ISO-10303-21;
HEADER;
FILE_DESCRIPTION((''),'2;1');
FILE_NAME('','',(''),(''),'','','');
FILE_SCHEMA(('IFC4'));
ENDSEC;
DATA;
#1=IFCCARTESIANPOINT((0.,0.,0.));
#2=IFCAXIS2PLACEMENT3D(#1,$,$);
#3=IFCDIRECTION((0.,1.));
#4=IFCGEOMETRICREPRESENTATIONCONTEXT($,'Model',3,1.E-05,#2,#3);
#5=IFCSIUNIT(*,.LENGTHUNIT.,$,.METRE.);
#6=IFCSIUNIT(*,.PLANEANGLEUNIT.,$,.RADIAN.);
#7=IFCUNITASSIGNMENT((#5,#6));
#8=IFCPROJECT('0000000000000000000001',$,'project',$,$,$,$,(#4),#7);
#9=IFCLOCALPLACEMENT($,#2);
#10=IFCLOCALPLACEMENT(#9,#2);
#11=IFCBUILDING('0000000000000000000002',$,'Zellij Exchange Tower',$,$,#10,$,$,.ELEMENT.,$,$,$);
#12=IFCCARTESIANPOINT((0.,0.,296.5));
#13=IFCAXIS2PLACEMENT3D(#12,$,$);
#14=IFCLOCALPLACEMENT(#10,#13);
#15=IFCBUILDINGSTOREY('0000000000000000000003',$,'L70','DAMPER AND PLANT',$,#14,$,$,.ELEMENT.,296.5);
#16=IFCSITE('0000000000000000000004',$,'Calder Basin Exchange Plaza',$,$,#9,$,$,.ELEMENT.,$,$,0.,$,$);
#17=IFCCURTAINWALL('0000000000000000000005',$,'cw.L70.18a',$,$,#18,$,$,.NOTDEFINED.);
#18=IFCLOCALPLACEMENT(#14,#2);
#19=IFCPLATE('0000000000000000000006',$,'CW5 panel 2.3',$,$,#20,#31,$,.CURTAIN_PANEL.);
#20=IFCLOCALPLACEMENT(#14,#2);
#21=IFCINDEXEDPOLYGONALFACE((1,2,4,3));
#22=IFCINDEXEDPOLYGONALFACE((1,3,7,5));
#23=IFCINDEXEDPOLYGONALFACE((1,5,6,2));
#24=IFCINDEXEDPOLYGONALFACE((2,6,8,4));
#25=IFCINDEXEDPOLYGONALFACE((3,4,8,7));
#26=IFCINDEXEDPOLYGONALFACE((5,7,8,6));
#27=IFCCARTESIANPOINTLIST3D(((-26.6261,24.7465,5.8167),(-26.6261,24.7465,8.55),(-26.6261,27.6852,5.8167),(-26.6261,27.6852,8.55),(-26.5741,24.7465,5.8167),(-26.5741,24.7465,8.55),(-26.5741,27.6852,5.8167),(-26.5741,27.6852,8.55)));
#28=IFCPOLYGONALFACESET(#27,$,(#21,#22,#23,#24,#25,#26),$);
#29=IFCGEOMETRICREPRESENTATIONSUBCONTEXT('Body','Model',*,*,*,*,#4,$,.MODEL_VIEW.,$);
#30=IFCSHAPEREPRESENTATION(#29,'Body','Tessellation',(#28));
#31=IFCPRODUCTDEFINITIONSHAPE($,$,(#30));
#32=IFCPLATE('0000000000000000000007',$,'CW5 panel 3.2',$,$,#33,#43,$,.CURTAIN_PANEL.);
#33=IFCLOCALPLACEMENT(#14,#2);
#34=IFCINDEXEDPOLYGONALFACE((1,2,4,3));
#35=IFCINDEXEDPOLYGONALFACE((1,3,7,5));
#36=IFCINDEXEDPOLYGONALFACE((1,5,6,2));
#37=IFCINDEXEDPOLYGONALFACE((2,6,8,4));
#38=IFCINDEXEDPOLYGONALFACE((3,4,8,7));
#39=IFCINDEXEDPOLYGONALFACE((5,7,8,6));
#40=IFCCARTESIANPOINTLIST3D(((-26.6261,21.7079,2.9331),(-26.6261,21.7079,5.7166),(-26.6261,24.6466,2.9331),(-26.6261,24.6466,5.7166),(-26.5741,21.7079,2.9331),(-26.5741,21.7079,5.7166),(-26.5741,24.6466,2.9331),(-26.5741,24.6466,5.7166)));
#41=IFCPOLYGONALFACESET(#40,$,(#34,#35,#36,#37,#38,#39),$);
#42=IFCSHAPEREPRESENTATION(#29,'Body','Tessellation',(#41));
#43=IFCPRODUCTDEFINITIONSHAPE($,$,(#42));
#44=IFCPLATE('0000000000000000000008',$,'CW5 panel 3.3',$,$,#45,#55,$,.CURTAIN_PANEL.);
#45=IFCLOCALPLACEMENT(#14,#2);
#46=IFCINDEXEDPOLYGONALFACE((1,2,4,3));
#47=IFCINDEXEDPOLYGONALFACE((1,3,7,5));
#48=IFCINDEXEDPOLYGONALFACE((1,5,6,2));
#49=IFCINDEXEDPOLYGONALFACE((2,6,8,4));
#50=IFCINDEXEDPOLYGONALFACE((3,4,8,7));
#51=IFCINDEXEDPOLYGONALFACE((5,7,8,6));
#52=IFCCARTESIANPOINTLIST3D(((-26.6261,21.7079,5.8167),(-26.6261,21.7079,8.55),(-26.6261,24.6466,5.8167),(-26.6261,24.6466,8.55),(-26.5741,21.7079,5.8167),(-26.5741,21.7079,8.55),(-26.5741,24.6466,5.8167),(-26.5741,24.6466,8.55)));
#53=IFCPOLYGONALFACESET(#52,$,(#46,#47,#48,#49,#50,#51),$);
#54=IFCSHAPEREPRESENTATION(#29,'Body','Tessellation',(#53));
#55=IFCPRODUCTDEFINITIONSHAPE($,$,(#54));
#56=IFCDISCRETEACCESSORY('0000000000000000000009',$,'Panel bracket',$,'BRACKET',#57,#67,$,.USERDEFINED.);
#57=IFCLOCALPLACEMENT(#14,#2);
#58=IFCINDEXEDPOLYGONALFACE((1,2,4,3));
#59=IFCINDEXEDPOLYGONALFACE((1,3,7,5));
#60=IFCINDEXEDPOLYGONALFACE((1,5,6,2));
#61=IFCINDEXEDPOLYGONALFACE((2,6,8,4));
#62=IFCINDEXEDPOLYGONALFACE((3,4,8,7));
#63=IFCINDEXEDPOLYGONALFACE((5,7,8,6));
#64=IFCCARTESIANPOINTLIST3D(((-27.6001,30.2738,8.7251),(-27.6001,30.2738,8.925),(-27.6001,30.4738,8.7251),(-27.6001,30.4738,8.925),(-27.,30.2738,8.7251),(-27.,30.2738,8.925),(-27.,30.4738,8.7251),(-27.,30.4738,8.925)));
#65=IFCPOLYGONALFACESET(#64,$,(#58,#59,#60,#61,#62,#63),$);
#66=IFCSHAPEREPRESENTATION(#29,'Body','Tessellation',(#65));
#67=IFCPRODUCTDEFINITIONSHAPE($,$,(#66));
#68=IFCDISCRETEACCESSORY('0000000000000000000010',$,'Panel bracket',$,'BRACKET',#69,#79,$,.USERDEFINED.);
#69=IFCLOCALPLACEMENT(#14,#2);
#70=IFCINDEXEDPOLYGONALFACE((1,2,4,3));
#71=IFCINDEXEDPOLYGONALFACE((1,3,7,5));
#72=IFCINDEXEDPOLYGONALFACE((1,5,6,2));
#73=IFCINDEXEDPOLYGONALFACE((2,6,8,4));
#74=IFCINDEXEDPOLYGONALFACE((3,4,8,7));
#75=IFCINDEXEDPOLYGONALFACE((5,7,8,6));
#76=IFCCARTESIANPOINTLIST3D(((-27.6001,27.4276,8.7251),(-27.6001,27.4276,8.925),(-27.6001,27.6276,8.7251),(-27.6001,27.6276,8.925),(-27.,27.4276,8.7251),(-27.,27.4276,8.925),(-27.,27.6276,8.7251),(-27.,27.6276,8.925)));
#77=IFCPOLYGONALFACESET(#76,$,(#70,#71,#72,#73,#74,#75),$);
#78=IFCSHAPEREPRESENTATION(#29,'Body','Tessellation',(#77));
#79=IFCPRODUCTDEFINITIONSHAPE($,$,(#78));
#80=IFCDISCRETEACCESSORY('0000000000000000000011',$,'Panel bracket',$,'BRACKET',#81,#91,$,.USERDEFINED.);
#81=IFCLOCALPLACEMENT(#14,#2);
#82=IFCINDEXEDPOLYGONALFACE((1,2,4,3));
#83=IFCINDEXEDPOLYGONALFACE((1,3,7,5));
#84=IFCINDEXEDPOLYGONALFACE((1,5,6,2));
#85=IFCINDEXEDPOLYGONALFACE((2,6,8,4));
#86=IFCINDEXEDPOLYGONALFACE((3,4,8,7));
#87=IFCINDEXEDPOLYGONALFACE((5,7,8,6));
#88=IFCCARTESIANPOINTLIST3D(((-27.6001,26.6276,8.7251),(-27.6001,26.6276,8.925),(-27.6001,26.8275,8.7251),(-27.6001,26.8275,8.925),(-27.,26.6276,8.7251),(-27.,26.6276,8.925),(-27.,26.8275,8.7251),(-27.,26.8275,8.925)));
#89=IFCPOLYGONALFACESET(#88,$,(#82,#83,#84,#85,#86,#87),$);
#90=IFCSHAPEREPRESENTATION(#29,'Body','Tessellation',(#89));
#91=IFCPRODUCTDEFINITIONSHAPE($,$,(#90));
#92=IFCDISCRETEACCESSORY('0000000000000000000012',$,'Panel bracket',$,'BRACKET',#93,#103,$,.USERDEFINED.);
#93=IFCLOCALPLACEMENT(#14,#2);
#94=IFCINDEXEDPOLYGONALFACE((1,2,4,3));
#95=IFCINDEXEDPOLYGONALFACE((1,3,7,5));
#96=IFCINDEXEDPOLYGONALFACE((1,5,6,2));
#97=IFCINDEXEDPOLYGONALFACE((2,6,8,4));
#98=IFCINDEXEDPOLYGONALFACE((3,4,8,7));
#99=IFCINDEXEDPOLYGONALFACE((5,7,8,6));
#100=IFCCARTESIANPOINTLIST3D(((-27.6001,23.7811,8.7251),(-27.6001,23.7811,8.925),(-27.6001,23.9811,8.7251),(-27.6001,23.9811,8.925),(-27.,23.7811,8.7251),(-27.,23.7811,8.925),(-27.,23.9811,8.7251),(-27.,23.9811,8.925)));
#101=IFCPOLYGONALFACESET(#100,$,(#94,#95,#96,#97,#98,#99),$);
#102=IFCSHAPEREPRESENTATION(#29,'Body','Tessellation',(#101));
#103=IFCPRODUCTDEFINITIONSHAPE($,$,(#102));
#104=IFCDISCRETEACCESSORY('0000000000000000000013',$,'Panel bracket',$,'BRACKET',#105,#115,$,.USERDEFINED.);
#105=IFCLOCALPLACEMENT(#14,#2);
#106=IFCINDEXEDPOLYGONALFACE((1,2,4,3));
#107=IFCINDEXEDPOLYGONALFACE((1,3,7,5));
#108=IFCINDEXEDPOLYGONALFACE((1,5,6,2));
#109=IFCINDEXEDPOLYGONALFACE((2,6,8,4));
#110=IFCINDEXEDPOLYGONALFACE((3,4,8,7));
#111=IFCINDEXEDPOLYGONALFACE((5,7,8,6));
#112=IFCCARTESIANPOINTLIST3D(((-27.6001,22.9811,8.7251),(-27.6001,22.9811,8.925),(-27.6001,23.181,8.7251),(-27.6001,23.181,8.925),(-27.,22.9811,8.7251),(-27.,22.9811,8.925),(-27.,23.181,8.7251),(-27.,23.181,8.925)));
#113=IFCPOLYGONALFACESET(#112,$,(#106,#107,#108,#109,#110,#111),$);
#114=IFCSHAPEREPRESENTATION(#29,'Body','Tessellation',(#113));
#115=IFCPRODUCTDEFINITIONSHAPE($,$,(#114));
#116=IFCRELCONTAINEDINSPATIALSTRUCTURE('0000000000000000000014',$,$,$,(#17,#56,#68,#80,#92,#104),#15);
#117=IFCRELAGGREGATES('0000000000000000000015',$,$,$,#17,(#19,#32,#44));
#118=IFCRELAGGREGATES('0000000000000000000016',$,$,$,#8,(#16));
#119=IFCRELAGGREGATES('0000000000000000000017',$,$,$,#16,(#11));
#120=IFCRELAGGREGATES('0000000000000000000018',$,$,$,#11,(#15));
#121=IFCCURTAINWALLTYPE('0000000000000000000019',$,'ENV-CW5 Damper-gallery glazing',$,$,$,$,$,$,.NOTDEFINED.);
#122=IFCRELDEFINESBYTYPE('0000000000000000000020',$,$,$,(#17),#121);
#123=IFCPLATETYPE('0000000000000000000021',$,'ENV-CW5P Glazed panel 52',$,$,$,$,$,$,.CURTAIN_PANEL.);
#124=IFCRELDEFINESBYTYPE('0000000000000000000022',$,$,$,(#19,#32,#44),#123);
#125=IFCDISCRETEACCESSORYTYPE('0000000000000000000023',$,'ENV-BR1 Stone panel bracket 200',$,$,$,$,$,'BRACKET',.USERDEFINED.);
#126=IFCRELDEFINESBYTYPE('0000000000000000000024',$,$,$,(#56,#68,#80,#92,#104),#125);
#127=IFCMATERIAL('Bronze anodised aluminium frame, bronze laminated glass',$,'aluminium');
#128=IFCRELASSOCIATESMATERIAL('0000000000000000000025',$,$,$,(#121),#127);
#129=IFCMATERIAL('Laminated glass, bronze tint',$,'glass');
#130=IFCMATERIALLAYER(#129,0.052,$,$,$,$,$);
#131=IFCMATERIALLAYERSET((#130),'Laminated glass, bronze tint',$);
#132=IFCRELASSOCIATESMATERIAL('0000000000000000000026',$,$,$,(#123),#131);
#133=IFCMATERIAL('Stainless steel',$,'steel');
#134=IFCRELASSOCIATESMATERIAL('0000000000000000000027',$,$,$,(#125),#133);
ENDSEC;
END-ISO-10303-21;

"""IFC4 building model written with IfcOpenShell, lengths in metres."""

from ifc_helpers import new_model, si_unit, direction, frame, origin, origin_2d, place, context, subcontext, project, spatial, rectangle, extrude, material, layer, layer_set, type_object, element, aggregate, save


model = new_model("IFC4")

# Units and contexts
model_context = context("Model", 3, precision=1e-05, world=origin(), true_north=direction((0.0, 1.0)))
body_context = subcontext(model_context, "Body", "Model", "MODEL_VIEW")
ifc_project = project(units=[si_unit("LENGTHUNIT", "METRE"), si_unit("PLANEANGLEUNIT", "RADIAN")], contexts=[model_context])

# Site, building, storey
site_placement = place(None, origin())
site = spatial("IfcSite", under=ifc_project, at=site_placement, Name="Calder Basin Exchange Plaza", CompositionType="ELEMENT", RefElevation=0.0)
building_placement = place(site_placement, origin())
building = spatial("IfcBuilding", under=site, at=building_placement, Name="Zellij Exchange Tower", CompositionType="ELEMENT")
storey_placement = place(building_placement, frame((0.0, 0.0, 296.5)))
storey = spatial("IfcBuildingStorey", under=building, at=storey_placement, Name="L70", Description="DAMPER AND PLANT", CompositionType="ELEMENT", Elevation=296.5)

# Curtain wall, plates
ifc_material_1 = material(Name="Bronze anodised aluminium frame, bronze laminated glass", Category="aluminium")
curtain_wall_type = type_object("IfcCurtainWallType", Name="ENV-CW5 Damper-gallery glazing", PredefinedType="NOTDEFINED", material=ifc_material_1)
curtain_wall_placement = place(storey_placement, origin())
curtain_wall = element("IfcCurtainWall", 1, at=curtain_wall_placement, inside=storey, type_object=curtain_wall_type, Name="cw.L70.18a", PredefinedType="NOTDEFINED")
ifc_material_2 = material(Name="Laminated glass, bronze tint", Category="glass")
ifc_layer = layer(ifc_material_2, 0.052)
ifc_layer_set = layer_set([ifc_layer], Name="Laminated glass, bronze tint")
plate_type = type_object("IfcPlateType", Name="ENV-CW5P Glazed panel 52", PredefinedType="CURTAIN_PANEL", material=ifc_layer_set)
plate_1_placement = place(storey_placement, frame((-26.6001, 26.2158, 5.8167), z_axis=(0.0, 0.0, 1.0), x_axis=(0.0, -1.0, 0.0)))
plate_1 = element("IfcPlate", 2, at=plate_1_placement, type_object=plate_type, Name="CW5 panel 2.3", PredefinedType="CURTAIN_PANEL", context=body_context, shape_type="SweptSolid", body=[
    extrude(rectangle(XDim=2.9387, YDim=0.052, at=origin_2d()), origin(), (0.0, 0.0, 1.0), 2.7334),
])
plate_2_placement = place(storey_placement, frame((-26.6001, 23.1772, 2.9331), z_axis=(0.0, 0.0, 1.0), x_axis=(0.0, -1.0, 0.0)))
plate_2 = element("IfcPlate", 3, at=plate_2_placement, type_object=plate_type, Name="CW5 panel 3.2", PredefinedType="CURTAIN_PANEL", context=body_context, shape_type="SweptSolid", body=[
    extrude(rectangle(XDim=2.9387, YDim=0.052, at=origin_2d()), origin(), (0.0, 0.0, 1.0), 2.7834),
])
plate_3_placement = place(storey_placement, frame((-26.6001, 23.1772, 5.8167), z_axis=(0.0, 0.0, 1.0), x_axis=(0.0, -1.0, 0.0)))
plate_3 = element("IfcPlate", 4, at=plate_3_placement, type_object=plate_type, Name="CW5 panel 3.3", PredefinedType="CURTAIN_PANEL", context=body_context, shape_type="SweptSolid", body=[
    extrude(rectangle(XDim=2.9387, YDim=0.052, at=origin_2d()), origin(), (0.0, 0.0, 1.0), 2.7334),
])
aggregate(curtain_wall, [plate_1, plate_2, plate_3])

# Discrete accessories
ifc_material_3 = material(Name="Stainless steel", Category="steel")
discrete_accessory_type = type_object("IfcDiscreteAccessoryType", Name="ENV-BR1 Stone panel bracket 200", ElementType="BRACKET", PredefinedType="USERDEFINED", material=ifc_material_3)
for number, where, z_axis, x_axis, name in (
    (5, (-27.3, 30.3738, 8.7251), (0.0, 0.0, 1.0), (0.0, -1.0, 0.0), "Panel bracket"),
    (6, (-27.3, 27.5276, 8.7251), (0.0, 0.0, 1.0), (0.0, -1.0, 0.0), "Panel bracket"),
    (7, (-27.3, 26.7275, 8.7251), (0.0, 0.0, 1.0), (0.0, -1.0, 0.0), "Panel bracket"),
    (8, (-27.3, 23.8811, 8.7251), (0.0, 0.0, 1.0), (0.0, -1.0, 0.0), "Panel bracket"),
    (9, (-27.3, 23.0811, 8.7251), (0.0, 0.0, 1.0), (0.0, -1.0, 0.0), "Panel bracket"),
):
    element("IfcDiscreteAccessory", number, at=place(storey_placement, frame(where, z_axis=z_axis, x_axis=x_axis)), inside=storey, type_object=discrete_accessory_type, Name=name, ObjectType="BRACKET", PredefinedType="USERDEFINED", context=body_context, shape_type="SweptSolid", body=[
        extrude(rectangle(XDim=0.2, YDim=0.6001, at=origin_2d()), origin(), (0.0, 0.0, 1.0), 0.2),
    ])

save(model, "model.ifc")
